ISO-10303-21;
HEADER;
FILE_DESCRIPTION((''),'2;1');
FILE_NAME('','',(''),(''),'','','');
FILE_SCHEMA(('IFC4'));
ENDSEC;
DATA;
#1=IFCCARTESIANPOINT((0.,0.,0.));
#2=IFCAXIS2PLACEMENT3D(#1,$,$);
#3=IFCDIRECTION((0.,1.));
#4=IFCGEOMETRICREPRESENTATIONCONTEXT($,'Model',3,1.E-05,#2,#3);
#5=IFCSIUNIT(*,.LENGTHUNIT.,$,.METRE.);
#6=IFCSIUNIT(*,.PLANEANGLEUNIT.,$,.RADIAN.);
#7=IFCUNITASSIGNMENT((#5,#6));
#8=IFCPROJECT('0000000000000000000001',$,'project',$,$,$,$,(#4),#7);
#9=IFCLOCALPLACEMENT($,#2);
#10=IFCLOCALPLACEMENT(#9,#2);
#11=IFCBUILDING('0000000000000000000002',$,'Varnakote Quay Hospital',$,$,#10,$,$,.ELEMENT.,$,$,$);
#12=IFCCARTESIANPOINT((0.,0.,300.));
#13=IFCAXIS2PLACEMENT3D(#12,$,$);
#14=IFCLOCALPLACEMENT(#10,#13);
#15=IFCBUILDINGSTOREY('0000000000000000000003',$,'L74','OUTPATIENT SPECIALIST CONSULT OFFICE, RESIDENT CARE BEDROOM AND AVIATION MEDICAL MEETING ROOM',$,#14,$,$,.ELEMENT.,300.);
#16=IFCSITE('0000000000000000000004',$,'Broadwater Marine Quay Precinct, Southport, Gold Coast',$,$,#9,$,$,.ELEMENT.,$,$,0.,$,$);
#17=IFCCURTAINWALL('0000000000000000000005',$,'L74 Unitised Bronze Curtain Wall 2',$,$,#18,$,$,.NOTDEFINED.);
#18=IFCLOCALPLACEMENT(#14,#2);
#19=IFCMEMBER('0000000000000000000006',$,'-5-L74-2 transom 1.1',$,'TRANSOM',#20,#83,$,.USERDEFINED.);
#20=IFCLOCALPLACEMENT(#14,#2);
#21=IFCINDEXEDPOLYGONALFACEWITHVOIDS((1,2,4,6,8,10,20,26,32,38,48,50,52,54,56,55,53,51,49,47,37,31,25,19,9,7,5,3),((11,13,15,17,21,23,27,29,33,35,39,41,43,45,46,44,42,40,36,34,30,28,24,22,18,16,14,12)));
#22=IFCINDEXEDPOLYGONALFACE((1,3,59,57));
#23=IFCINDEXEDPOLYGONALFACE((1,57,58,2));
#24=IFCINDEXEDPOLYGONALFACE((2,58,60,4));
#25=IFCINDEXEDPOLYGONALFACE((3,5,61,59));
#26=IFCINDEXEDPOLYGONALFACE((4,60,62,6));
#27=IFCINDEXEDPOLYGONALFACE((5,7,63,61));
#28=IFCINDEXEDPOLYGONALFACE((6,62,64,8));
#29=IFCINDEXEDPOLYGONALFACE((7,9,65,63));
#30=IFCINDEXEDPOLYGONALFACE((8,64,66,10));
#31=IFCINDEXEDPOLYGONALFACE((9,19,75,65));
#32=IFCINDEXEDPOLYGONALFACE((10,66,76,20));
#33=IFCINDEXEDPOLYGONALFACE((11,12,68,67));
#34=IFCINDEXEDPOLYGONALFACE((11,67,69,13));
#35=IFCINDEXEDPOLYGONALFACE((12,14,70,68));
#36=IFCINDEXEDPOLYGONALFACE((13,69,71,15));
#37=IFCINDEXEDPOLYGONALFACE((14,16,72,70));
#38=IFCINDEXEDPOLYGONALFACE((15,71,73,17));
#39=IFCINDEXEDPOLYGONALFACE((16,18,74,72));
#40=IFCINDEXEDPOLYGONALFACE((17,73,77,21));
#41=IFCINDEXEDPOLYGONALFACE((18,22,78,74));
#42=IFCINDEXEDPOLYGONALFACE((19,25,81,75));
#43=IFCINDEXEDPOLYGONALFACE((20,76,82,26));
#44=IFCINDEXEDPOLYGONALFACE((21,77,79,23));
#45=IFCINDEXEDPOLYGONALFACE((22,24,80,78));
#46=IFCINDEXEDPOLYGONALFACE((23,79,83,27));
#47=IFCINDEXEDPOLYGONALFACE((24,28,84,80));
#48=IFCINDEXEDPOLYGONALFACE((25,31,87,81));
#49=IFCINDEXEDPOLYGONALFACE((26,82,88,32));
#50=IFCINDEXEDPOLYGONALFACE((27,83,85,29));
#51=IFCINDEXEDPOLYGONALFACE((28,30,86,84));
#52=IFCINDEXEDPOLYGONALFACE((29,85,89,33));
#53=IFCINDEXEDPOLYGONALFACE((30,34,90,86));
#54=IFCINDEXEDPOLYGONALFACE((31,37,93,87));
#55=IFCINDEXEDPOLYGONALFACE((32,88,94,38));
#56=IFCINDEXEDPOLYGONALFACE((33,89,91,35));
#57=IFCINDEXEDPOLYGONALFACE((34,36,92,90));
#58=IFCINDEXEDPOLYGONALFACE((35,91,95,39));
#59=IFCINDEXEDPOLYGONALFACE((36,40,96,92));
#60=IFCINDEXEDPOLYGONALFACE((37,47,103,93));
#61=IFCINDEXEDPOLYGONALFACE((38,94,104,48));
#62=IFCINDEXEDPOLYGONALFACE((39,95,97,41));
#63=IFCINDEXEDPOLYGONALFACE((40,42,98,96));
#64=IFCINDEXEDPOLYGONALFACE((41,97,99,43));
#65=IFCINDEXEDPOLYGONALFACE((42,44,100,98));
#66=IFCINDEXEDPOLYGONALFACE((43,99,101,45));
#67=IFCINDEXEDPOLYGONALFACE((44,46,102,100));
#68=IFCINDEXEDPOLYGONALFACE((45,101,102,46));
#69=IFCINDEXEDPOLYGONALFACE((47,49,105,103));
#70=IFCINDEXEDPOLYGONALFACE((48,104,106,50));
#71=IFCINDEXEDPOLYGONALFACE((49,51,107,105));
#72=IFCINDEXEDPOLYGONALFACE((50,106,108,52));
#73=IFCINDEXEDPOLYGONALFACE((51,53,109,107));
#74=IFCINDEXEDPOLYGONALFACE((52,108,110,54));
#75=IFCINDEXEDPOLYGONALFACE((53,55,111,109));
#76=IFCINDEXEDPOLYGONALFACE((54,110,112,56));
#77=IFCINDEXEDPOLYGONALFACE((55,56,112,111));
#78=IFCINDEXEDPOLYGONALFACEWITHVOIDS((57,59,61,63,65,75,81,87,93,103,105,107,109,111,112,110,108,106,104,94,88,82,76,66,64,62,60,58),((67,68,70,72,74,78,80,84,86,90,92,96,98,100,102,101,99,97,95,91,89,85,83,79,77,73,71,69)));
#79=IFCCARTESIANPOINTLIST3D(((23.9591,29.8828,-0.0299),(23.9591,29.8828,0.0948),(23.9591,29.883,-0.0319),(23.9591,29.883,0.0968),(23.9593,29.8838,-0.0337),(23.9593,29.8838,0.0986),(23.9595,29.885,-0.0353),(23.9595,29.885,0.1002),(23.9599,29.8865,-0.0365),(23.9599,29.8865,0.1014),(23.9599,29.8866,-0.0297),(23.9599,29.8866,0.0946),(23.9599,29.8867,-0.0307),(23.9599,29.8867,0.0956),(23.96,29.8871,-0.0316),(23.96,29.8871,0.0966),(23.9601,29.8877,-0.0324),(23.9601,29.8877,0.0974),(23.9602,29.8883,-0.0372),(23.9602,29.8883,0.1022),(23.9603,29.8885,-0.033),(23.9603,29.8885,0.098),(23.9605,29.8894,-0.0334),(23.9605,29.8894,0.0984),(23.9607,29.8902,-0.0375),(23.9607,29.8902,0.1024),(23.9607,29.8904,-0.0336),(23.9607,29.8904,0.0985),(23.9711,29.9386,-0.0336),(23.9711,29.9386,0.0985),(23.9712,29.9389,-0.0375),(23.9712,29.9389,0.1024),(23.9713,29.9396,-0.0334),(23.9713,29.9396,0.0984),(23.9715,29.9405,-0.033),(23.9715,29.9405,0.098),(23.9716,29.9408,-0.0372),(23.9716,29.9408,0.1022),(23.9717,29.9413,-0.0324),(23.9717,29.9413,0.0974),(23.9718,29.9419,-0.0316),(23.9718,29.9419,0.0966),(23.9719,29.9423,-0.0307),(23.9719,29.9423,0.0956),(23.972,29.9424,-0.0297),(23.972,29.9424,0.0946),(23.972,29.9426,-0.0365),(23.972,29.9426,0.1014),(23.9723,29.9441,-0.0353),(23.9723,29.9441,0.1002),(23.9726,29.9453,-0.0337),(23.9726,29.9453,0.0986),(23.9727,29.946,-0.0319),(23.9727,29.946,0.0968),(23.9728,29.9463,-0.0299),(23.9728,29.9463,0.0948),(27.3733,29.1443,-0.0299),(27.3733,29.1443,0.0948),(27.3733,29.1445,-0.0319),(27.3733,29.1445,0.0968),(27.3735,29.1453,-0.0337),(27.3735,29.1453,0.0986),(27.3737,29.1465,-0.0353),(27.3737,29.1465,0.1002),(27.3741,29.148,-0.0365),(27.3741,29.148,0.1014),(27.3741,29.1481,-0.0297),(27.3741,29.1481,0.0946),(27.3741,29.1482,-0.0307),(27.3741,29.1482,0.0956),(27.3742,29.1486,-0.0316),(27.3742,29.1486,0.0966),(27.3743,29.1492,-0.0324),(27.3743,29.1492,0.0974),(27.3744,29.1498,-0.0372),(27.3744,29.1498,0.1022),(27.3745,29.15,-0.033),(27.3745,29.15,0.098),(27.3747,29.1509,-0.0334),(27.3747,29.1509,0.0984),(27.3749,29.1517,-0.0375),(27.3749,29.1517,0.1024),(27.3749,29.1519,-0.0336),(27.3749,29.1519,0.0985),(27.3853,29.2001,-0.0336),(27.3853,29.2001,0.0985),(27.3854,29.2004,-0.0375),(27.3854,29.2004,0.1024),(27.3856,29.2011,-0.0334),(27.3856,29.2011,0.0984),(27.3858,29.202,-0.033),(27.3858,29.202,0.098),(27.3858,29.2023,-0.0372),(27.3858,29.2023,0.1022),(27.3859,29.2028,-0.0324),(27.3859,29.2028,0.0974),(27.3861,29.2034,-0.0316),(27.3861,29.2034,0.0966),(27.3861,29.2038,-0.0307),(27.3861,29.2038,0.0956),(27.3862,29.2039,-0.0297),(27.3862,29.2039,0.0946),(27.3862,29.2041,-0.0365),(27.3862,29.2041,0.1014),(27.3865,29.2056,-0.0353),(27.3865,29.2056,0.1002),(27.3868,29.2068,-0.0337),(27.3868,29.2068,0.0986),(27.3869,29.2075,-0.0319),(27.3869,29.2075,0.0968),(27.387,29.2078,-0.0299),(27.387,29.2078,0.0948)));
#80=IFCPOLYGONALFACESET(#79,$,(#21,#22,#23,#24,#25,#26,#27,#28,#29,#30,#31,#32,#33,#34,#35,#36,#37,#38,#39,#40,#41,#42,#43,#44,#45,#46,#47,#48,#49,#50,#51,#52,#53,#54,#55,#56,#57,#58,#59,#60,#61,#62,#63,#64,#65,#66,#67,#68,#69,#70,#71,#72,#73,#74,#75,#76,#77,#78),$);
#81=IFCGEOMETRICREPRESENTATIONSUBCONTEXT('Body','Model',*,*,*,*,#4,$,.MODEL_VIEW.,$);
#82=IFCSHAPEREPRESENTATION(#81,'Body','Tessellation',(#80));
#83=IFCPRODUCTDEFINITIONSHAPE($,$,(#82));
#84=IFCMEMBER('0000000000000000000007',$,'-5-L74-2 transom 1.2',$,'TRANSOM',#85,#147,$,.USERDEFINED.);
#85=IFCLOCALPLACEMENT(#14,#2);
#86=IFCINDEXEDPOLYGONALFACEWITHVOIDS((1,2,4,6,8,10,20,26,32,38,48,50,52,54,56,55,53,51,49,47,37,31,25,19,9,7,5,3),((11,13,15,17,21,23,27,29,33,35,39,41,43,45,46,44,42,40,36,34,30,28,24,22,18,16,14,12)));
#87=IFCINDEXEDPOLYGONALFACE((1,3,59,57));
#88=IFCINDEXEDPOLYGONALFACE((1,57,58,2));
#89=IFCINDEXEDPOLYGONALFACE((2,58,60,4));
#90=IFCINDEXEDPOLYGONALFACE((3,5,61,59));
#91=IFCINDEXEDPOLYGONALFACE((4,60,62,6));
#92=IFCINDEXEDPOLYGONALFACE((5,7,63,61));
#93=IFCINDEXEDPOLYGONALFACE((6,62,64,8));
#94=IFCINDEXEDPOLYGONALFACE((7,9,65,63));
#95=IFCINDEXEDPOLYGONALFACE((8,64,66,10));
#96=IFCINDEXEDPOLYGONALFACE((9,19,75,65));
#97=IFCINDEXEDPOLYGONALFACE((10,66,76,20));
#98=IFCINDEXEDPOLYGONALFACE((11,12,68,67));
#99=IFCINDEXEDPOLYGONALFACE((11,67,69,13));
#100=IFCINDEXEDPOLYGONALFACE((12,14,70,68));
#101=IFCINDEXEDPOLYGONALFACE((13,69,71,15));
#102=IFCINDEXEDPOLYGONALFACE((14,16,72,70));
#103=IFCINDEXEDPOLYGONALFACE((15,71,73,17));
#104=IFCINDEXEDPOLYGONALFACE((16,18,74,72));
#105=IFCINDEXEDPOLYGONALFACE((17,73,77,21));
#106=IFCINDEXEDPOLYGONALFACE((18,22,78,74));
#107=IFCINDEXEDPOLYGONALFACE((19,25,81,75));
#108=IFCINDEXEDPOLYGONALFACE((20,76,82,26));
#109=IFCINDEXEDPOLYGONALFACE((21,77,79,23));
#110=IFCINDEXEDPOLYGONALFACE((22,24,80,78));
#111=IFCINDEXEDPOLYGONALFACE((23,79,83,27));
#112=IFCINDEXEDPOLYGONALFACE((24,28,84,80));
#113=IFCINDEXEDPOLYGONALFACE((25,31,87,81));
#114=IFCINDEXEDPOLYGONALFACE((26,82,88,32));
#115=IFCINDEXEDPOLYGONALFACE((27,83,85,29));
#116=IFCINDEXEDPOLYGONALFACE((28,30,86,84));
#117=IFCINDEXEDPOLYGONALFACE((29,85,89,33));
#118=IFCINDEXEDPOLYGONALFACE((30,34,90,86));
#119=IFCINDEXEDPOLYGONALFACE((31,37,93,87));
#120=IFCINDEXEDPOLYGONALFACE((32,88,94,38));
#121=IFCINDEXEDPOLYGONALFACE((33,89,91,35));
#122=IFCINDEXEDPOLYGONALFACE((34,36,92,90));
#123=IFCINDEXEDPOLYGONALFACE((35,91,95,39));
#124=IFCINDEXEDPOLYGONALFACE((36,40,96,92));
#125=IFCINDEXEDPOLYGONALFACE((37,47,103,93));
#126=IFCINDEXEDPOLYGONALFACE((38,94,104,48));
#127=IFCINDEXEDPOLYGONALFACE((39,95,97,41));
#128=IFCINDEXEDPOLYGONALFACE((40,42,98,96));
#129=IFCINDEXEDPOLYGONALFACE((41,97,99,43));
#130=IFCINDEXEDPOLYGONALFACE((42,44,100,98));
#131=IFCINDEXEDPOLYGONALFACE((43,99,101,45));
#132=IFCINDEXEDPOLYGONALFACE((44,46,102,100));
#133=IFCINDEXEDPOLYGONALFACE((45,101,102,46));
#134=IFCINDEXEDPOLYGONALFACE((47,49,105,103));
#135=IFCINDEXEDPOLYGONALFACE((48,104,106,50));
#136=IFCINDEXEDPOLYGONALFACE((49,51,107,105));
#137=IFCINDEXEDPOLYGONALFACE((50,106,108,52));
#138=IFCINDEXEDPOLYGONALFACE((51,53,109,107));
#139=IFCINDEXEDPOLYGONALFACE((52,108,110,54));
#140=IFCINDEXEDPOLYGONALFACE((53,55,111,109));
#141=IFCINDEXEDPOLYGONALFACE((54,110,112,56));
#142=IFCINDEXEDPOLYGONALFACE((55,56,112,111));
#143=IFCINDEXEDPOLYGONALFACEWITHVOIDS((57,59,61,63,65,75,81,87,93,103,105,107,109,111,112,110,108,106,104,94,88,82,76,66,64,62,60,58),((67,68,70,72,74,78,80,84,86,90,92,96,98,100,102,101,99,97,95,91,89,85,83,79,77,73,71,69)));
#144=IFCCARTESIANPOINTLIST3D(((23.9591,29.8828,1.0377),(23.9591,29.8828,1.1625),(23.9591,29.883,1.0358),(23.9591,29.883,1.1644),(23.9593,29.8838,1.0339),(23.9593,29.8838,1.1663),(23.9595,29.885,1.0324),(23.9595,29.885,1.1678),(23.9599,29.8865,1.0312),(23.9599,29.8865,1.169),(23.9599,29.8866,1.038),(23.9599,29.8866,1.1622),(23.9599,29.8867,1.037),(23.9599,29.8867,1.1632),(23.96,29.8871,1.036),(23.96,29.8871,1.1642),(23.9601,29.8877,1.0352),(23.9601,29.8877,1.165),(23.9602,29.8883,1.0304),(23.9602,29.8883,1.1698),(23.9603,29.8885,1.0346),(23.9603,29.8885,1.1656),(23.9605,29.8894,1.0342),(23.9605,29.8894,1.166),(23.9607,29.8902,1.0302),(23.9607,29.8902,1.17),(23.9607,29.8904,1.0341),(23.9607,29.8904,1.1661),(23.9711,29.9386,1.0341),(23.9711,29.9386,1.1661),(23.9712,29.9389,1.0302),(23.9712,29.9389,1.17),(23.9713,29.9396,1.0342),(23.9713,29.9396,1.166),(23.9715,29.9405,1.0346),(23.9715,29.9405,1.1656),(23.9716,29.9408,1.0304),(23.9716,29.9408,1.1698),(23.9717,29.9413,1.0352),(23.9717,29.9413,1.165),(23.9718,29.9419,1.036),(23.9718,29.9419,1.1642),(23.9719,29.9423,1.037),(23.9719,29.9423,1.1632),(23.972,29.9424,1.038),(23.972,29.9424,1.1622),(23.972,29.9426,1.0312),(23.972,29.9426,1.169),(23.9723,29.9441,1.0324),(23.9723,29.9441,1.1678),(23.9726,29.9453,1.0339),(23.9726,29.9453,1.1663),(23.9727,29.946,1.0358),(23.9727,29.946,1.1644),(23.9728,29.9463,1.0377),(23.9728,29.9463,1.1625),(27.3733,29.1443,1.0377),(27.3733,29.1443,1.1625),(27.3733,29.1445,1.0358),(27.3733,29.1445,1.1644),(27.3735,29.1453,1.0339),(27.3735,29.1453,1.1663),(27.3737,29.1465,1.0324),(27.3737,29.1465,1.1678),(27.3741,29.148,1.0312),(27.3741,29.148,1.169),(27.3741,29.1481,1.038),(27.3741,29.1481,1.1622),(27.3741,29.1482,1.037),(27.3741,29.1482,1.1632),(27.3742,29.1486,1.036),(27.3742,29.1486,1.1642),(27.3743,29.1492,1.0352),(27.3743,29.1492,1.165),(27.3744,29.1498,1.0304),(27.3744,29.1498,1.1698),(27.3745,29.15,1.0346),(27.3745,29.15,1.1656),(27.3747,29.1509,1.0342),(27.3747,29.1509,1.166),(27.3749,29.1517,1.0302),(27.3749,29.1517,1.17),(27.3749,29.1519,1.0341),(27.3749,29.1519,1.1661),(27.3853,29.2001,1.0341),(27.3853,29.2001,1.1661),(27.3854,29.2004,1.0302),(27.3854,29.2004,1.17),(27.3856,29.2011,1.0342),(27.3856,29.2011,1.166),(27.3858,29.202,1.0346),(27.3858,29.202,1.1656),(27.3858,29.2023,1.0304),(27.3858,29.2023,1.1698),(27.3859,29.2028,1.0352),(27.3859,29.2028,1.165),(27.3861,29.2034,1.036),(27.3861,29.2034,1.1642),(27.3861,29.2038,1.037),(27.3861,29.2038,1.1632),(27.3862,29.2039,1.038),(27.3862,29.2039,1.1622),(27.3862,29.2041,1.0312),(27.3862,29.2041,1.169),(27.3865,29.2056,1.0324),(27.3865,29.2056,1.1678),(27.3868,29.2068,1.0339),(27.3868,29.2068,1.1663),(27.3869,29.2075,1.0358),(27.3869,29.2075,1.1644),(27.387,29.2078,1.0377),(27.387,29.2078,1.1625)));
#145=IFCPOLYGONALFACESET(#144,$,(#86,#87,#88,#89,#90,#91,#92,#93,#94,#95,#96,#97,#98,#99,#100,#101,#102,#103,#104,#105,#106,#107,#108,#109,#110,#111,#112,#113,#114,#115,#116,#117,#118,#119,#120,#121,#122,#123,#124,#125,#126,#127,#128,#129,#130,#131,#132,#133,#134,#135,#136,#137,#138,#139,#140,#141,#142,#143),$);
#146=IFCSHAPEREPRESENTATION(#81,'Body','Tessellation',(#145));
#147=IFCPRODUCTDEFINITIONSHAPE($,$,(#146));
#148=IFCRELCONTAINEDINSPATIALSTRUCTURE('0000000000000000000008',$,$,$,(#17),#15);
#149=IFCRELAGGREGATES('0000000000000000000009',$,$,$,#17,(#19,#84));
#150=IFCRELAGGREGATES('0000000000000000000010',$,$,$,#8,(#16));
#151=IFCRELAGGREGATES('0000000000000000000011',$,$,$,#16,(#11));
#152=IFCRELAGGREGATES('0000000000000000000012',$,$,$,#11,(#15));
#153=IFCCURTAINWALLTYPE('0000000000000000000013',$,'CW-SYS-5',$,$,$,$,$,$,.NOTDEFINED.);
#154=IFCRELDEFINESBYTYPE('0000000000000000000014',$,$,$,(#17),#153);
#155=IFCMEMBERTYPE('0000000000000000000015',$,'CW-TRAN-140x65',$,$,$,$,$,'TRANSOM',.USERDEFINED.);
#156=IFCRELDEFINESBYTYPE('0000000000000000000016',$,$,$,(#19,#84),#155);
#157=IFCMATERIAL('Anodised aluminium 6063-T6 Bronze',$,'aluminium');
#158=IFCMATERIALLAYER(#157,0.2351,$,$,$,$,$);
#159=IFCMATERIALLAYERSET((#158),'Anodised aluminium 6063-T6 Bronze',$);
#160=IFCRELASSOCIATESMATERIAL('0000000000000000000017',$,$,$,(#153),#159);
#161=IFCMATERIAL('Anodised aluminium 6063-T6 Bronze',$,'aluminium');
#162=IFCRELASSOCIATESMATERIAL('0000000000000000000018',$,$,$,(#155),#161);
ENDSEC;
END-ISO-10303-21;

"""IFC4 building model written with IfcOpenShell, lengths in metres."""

from ifc_helpers import new_model, si_unit, direction, frame, origin, origin_2d, place, context, subcontext, project, spatial, hollow_rectangle, extrude, material, layer, layer_set, material_profile, profile_set, type_object, element, aggregate, save


model = new_model("IFC4")

# Units and contexts
model_context = context("Model", 3, precision=1e-05, world=origin(), true_north=direction((0.0, 1.0)))
body_context = subcontext(model_context, "Body", "Model", "MODEL_VIEW")
ifc_project = project(units=[si_unit("LENGTHUNIT", "METRE"), si_unit("PLANEANGLEUNIT", "RADIAN")], contexts=[model_context])

# Site, building, storey
site_placement = place(None, origin())
site = spatial("IfcSite", under=ifc_project, at=site_placement, Name="Broadwater Marine Quay Precinct, Southport, Gold Coast", CompositionType="ELEMENT", RefElevation=0.0)
building_placement = place(site_placement, origin())
building = spatial("IfcBuilding", under=site, at=building_placement, Name="Varnakote Quay Hospital", CompositionType="ELEMENT")
storey_placement = place(building_placement, frame((0.0, 0.0, 300.0)))
storey = spatial("IfcBuildingStorey", under=building, at=storey_placement, Name="L74", Description="OUTPATIENT SPECIALIST CONSULT OFFICE, RESIDENT CARE BEDROOM AND AVIATION MEDICAL MEETING ROOM", CompositionType="ELEMENT", Elevation=300.0)

# Shared definitions
ifc_material_1 = material(Name="Anodised aluminium 6063-T6 Bronze", Category="aluminium")
ifc_layer_1 = layer(ifc_material_1, 0.2351)
ifc_layer_set_1 = layer_set([ifc_layer_1], Name="Anodised aluminium 6063-T6 Bronze")
curtain_wall_type = type_object("IfcCurtainWallType", Name="CW-SYS-5", PredefinedType="NOTDEFINED", material=ifc_layer_set_1)

# Curtain wall, members
curtain_wall_1_placement = place(storey_placement, origin())
curtain_wall_1 = element("IfcCurtainWall", 1, at=curtain_wall_1_placement, inside=storey, type_object=curtain_wall_type, Name="L74 Unitised Bronze Curtain Wall 2", PredefinedType="NOTDEFINED")
ifc_material_2 = material(Name="Anodised aluminium 6063-T6 Bronze", Category="aluminium")
ifc_material_profile_1 = material_profile(ifc_material_2, hollow_rectangle(XDim=0.0649, YDim=0.1399, WallThickness=0.0039, InnerFilletRadius=0.0039, OuterFilletRadius=0.0076, at=origin_2d()), Name="CW-TRAN-140x65")
ifc_profile_set_1 = profile_set([ifc_material_profile_1], Name="Anodised aluminium 6063-T6 Bronze")
member_type_1 = type_object("IfcMemberType", Name="CW-TRAN-140x65", ElementType="TRANSOM", PredefinedType="USERDEFINED", material=ifc_profile_set_1)
member_1_placement = place(storey_placement, frame((27.3801, 29.176, 0.0325), z_axis=(-0.977397, 0.211414, 0.0), x_axis=(-0.211414, -0.977397, 0.0)))
member_1 = element("IfcMember", 2, at=member_1_placement, type_object=member_type_1, Name="-5-L74-2 transom 1.1", ObjectType="TRANSOM", PredefinedType="USERDEFINED", context=body_context, shape_type="SweptSolid", body=[
    extrude(hollow_rectangle(XDim=0.0649, YDim=0.1399, WallThickness=0.0039, InnerFilletRadius=0.0039, OuterFilletRadius=0.0076, at=origin_2d()), origin(), (0.0, 0.0, 1.0), 3.4932),
])
member_2_placement = place(storey_placement, frame((27.3801, 29.176, 1.1001), z_axis=(-0.977397, 0.211414, 0.0), x_axis=(-0.211414, -0.977397, 0.0)))
member_2 = element("IfcMember", 3, at=member_2_placement, type_object=member_type_1, Name="-5-L74-2 transom 1.2", ObjectType="TRANSOM", PredefinedType="USERDEFINED", context=body_context, shape_type="SweptSolid", body=[
    extrude(hollow_rectangle(XDim=0.0649, YDim=0.1399, WallThickness=0.0039, InnerFilletRadius=0.0039, OuterFilletRadius=0.0076, at=origin_2d()), origin(), (0.0, 0.0, 1.0), 3.4932),
])
aggregate(curtain_wall_1, [member_1, member_2])

save(model, "model.ifc")
